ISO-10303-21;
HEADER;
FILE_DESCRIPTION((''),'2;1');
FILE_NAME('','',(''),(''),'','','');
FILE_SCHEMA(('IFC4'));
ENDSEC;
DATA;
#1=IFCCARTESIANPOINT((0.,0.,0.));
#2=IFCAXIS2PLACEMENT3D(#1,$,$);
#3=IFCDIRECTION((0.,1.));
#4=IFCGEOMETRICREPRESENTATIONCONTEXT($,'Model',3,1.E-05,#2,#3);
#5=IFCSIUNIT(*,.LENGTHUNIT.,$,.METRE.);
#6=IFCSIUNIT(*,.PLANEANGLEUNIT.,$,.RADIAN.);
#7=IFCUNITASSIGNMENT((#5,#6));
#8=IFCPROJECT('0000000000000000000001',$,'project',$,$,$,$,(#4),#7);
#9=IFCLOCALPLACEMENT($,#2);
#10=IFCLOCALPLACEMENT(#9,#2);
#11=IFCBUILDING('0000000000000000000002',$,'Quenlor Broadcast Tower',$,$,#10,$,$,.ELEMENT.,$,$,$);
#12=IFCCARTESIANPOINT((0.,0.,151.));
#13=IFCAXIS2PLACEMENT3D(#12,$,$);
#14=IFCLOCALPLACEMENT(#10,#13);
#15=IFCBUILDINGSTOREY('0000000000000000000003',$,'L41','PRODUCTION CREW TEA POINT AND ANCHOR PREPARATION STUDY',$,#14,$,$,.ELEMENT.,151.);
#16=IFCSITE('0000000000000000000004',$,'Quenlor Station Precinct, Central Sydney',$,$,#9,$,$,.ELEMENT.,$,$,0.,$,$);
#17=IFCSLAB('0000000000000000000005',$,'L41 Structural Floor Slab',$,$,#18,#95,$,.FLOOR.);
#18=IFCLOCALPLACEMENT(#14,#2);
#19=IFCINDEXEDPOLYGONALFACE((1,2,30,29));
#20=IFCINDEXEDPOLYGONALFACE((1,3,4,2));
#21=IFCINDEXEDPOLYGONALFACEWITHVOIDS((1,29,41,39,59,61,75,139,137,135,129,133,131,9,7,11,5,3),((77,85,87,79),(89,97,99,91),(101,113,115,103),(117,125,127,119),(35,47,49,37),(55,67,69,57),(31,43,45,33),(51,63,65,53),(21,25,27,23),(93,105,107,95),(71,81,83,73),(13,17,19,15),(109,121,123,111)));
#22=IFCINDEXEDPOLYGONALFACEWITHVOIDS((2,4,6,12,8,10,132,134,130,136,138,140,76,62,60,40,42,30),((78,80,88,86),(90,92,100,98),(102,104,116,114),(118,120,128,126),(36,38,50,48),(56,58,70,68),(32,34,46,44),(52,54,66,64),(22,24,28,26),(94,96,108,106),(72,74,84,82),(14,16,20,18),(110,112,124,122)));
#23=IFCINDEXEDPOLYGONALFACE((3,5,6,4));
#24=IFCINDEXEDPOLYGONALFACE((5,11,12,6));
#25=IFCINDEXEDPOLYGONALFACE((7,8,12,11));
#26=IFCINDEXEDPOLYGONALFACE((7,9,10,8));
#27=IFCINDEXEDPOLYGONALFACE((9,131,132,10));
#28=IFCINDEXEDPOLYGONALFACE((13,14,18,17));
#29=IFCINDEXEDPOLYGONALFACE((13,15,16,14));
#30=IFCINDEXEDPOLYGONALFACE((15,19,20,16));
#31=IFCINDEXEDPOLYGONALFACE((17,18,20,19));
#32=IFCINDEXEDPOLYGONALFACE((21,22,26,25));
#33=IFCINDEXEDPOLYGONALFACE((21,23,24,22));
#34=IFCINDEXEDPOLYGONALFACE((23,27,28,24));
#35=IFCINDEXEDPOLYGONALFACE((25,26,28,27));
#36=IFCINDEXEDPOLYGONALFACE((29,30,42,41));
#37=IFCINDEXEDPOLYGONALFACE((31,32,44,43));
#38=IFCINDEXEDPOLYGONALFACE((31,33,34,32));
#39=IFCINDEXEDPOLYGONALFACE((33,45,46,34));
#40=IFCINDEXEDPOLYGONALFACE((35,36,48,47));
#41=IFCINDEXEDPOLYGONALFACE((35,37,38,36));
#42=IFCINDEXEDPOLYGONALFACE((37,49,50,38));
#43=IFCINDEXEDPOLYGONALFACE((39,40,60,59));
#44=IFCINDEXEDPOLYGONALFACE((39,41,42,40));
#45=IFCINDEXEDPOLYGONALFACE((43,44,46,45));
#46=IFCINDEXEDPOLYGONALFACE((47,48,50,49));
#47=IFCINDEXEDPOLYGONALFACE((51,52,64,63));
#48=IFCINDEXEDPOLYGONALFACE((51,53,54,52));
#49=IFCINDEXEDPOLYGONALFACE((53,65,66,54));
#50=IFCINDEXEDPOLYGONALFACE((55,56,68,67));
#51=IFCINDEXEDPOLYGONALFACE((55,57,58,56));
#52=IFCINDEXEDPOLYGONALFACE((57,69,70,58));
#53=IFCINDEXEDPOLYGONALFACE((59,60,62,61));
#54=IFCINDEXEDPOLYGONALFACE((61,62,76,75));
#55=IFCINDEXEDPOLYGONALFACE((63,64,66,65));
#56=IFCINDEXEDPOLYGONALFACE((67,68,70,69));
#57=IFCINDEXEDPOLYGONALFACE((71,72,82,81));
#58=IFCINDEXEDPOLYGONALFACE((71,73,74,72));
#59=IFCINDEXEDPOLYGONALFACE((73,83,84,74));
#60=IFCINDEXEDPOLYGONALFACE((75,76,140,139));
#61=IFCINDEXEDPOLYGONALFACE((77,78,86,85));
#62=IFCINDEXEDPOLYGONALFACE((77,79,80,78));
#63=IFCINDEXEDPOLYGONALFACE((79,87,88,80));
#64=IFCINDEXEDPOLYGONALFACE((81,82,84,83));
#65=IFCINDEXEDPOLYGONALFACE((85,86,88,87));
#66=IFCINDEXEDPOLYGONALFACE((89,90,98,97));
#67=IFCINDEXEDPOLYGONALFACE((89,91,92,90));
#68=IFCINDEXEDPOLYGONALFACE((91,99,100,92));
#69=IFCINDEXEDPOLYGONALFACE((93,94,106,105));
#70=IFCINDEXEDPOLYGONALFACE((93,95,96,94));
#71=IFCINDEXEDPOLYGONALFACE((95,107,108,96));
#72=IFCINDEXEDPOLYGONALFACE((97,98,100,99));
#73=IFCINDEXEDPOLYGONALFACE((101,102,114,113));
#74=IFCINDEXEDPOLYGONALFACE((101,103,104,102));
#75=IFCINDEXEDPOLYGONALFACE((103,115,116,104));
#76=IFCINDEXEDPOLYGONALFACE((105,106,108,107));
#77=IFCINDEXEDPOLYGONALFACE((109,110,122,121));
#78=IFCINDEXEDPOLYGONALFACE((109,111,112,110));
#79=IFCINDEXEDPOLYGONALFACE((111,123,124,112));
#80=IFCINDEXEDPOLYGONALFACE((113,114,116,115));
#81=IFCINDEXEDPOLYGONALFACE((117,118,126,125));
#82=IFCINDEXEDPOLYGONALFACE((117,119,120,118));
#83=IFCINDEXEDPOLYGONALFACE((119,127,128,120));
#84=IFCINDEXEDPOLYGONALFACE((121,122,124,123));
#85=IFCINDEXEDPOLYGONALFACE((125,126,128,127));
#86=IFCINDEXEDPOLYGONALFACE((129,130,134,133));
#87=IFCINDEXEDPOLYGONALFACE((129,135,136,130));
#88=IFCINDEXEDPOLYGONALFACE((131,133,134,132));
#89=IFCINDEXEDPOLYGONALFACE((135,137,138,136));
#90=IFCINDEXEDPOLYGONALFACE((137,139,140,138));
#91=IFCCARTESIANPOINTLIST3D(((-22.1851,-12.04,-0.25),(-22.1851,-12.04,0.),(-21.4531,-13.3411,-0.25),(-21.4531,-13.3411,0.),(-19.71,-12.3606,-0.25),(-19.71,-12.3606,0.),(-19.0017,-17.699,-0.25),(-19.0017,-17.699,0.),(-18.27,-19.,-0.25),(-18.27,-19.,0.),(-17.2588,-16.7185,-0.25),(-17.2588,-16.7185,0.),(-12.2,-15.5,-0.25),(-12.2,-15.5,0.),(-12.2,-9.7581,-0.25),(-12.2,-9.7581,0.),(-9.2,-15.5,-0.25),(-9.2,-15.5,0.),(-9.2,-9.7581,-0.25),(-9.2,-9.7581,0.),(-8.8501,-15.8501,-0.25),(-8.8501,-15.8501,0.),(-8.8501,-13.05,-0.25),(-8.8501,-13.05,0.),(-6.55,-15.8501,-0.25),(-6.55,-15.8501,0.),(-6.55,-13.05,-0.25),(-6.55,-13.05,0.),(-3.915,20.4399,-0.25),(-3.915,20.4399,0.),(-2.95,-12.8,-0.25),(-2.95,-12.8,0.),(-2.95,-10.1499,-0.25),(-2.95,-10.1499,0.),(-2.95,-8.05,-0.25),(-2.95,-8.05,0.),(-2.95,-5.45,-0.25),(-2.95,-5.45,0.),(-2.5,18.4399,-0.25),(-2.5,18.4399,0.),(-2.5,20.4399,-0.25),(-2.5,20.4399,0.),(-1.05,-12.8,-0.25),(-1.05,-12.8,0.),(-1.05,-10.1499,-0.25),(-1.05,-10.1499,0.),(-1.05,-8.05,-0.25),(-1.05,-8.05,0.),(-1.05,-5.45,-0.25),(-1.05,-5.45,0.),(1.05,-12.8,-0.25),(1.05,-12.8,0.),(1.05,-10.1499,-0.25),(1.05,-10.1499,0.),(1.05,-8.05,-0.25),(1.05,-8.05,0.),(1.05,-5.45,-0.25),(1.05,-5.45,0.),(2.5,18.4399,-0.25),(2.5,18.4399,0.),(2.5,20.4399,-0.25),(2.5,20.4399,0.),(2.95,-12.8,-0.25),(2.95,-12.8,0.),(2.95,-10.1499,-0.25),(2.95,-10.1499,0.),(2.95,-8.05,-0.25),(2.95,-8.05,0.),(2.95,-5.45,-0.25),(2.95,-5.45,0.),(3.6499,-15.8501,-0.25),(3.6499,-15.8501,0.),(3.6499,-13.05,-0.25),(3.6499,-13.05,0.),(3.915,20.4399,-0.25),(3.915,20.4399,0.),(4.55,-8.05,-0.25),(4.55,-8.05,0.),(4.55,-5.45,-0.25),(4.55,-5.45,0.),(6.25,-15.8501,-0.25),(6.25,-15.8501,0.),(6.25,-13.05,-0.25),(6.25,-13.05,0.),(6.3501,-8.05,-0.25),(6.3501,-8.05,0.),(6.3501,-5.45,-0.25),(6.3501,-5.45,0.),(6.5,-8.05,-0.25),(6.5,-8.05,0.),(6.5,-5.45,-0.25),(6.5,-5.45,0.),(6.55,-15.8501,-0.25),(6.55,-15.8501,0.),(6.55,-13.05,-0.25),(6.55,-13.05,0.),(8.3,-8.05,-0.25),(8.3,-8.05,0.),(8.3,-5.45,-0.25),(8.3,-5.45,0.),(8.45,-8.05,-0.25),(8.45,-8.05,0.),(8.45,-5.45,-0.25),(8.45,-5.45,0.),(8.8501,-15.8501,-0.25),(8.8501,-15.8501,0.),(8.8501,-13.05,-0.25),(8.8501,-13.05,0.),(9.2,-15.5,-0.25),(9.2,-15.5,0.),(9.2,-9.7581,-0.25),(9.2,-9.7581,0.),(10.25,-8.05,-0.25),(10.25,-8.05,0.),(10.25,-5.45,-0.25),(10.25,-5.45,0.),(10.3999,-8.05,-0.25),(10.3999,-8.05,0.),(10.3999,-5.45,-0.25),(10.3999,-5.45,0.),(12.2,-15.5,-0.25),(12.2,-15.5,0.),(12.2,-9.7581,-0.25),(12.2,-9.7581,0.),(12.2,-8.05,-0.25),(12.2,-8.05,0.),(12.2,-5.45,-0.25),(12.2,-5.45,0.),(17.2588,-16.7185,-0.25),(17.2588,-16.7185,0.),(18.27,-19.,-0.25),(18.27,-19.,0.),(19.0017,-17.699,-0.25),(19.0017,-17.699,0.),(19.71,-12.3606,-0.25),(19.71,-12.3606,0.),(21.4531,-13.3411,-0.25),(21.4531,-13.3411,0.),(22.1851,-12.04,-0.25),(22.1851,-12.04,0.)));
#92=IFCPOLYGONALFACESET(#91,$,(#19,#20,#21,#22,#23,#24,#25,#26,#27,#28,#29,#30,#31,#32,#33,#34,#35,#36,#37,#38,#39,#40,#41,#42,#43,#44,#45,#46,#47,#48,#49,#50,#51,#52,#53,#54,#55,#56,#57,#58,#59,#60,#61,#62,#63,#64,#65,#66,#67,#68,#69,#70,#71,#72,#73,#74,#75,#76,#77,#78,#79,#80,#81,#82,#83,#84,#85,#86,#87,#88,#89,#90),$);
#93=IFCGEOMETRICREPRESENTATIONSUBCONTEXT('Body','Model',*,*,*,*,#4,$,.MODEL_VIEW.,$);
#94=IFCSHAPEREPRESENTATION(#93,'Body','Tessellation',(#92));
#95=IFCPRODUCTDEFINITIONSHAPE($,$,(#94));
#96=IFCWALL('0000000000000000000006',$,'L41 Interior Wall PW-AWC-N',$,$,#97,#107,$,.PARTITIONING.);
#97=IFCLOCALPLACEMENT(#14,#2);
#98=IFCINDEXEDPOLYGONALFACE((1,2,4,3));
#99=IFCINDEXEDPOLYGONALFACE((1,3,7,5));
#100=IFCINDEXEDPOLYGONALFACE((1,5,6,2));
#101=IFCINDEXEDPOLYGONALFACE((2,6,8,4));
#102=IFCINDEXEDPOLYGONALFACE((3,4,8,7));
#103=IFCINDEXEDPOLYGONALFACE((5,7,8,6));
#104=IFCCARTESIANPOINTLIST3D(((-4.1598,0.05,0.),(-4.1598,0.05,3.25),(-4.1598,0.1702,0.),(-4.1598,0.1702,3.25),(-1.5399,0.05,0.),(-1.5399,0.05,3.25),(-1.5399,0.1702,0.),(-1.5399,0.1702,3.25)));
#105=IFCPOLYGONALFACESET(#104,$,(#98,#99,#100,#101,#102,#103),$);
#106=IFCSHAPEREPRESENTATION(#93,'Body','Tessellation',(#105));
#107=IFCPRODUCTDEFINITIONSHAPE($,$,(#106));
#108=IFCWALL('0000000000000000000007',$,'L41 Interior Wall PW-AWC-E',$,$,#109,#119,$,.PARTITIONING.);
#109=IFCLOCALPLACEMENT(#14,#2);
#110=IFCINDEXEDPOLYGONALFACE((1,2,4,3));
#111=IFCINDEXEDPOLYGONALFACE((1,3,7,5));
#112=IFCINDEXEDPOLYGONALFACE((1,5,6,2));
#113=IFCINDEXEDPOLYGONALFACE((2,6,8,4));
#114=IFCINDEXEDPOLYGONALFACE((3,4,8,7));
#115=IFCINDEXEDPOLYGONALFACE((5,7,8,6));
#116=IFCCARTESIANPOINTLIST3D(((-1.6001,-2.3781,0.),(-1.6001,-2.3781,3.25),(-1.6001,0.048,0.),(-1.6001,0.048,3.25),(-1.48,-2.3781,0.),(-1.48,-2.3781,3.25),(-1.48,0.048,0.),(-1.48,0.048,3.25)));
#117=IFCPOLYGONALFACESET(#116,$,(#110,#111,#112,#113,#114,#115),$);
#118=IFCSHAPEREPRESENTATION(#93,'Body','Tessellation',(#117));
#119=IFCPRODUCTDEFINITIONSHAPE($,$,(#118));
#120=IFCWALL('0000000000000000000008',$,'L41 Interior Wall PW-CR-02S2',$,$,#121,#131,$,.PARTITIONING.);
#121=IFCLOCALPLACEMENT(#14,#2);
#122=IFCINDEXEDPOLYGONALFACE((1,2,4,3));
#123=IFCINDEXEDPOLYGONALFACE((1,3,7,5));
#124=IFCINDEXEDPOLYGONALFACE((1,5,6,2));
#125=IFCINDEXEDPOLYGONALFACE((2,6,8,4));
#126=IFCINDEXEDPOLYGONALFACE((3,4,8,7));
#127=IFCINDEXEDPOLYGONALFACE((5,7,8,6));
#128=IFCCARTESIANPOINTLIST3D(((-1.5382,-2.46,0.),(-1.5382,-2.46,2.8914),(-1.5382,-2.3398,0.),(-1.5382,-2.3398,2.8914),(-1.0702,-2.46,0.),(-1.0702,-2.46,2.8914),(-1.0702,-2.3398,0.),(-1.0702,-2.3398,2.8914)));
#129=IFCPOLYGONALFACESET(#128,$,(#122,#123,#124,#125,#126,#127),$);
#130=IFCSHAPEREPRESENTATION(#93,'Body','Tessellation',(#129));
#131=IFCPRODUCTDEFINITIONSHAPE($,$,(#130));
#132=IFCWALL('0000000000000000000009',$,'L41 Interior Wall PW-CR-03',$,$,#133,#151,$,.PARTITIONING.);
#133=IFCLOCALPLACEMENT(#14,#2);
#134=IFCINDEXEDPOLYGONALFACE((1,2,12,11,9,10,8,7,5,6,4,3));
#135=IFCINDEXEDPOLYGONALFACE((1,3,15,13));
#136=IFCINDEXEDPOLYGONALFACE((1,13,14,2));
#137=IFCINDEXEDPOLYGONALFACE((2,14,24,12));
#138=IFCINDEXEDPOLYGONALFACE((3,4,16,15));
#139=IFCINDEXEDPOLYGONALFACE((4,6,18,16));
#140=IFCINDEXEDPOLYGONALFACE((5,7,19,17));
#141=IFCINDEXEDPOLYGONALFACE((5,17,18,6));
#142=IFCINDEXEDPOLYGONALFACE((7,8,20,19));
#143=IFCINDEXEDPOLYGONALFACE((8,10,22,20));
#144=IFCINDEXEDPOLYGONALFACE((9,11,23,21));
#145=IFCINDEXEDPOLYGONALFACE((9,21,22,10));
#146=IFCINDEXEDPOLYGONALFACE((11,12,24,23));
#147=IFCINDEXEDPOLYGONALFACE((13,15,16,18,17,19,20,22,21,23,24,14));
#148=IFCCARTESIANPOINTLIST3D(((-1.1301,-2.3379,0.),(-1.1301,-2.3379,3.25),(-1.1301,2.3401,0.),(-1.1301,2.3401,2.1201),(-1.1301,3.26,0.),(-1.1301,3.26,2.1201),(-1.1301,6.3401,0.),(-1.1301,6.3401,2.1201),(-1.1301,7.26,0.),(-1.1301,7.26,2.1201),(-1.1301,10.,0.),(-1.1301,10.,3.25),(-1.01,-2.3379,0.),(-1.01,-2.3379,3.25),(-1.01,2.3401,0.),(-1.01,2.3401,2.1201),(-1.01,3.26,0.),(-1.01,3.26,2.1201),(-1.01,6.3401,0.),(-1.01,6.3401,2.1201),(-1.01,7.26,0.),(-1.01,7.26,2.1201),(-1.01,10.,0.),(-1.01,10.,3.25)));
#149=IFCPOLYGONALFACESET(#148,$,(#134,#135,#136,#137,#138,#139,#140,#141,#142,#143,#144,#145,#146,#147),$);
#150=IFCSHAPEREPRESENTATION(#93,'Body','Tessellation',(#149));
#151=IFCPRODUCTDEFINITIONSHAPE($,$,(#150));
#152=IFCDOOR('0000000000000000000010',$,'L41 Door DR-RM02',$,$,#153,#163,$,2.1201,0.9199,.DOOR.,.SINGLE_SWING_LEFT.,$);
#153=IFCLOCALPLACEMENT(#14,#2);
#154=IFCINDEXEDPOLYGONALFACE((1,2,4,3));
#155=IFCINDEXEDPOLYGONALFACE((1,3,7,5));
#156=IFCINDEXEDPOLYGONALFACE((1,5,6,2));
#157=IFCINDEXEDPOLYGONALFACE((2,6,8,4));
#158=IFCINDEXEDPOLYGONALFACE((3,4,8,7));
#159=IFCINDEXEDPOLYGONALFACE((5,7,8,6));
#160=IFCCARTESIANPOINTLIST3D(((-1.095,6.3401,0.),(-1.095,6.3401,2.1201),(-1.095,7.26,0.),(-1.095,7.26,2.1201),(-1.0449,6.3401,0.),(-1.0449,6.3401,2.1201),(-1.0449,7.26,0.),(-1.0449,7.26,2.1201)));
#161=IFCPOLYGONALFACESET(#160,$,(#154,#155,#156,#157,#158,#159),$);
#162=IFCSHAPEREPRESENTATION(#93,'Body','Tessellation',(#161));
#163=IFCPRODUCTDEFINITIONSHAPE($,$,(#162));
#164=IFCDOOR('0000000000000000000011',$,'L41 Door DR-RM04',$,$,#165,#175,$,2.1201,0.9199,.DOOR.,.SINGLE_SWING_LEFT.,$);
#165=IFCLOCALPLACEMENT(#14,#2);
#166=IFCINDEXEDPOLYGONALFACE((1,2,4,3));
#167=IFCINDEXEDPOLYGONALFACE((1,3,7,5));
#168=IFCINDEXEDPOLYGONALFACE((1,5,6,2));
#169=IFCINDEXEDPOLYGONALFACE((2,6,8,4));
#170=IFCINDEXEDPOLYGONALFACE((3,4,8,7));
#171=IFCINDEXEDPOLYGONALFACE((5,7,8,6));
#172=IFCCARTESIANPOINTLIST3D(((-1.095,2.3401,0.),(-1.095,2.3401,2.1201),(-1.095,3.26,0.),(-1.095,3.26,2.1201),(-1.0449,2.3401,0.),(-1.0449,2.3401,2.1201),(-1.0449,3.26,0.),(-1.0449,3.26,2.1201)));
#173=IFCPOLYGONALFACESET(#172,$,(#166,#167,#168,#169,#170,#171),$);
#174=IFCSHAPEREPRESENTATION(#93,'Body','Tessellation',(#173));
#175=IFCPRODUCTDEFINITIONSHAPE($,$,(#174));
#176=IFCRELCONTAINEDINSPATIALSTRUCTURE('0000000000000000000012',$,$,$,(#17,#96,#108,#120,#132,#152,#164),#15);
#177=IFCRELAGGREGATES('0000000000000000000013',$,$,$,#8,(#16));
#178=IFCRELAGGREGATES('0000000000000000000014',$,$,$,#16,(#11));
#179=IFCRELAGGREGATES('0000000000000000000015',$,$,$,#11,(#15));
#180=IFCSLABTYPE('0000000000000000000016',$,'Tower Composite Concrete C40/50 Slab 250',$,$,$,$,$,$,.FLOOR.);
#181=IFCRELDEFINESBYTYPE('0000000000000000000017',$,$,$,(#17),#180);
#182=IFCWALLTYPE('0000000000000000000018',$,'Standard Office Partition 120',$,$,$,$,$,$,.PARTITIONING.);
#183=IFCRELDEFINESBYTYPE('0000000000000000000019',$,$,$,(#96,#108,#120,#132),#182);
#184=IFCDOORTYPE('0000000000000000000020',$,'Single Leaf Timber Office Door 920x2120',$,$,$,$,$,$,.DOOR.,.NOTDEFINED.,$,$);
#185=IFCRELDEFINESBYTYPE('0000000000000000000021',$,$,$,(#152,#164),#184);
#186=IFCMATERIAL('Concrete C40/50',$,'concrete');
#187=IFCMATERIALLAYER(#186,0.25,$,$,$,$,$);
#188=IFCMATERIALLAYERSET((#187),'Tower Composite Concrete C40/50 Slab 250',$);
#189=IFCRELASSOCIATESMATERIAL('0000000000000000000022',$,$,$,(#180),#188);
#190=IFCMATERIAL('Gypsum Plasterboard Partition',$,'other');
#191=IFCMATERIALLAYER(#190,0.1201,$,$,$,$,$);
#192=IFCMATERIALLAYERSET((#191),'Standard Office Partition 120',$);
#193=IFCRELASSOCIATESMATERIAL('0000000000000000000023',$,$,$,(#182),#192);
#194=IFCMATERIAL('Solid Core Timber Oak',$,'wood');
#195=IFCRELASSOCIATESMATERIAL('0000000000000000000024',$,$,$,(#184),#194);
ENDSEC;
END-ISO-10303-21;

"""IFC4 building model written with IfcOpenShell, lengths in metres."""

from ifc_helpers import new_model, si_unit, direction, frame, frame_2d, origin, place, context, subcontext, project, spatial, polyline, rectangle, outline, extrude, material, layer, layer_set, type_object, element, fill, save


model = new_model("IFC4")

# Units and contexts
model_context = context("Model", 3, precision=1e-05, world=origin(), true_north=direction((0.0, 1.0)))
body_context = subcontext(model_context, "Body", "Model", "MODEL_VIEW")
ifc_project = project(units=[si_unit("LENGTHUNIT", "METRE"), si_unit("PLANEANGLEUNIT", "RADIAN")], contexts=[model_context])

# Site, building, storey
site_placement = place(None, origin())
site = spatial("IfcSite", under=ifc_project, at=site_placement, Name="Quenlor Station Precinct, Central Sydney", CompositionType="ELEMENT", RefElevation=0.0)
building_placement = place(site_placement, origin())
building = spatial("IfcBuilding", under=site, at=building_placement, Name="Quenlor Broadcast Tower", CompositionType="ELEMENT")
storey_placement = place(building_placement, frame((0.0, 0.0, 151.0)))
storey = spatial("IfcBuildingStorey", under=building, at=storey_placement, Name="L41", Description="PRODUCTION CREW TEA POINT AND ANCHOR PREPARATION STUDY", CompositionType="ELEMENT", Elevation=151.0)

# Slab
ifc_material_1 = material(Name="Concrete C40/50", Category="concrete")
ifc_layer_1 = layer(ifc_material_1, 0.25)
ifc_layer_set_1 = layer_set([ifc_layer_1], Name="Tower Composite Concrete C40/50 Slab 250")
slab_type = type_object("IfcSlabType", Name="Tower Composite Concrete C40/50 Slab 250", PredefinedType="FLOOR", material=ifc_layer_set_1)
slab_placement = place(storey_placement, frame((0.0, 0.0, -0.25)))
element("IfcSlab", 1, at=slab_placement, inside=storey, type_object=slab_type, Name="L41 Structural Floor Slab", PredefinedType="FLOOR", context=body_context, shape_type="SweptSolid", body=[
    extrude(outline(polyline([(18.27, -19.0), (19.0017, -17.699), (17.2588, -16.7185), (19.71, -12.3606), (21.4531, -13.3411), (22.1851, -12.04), (3.915, 20.4399), (2.5, 20.4399), (2.5, 18.4399), (-2.5, 18.4399), (-2.5, 20.4399), (-3.915, 20.4399), (-22.1851, -12.04), (-21.4531, -13.3411), (-19.71, -12.3606), (-17.2588, -16.7185), (-19.0017, -17.699), (-18.27, -19.0), (18.27, -19.0)]), holes=[polyline([(-12.2, -9.7581), (-12.2, -15.5), (-9.2, -15.5), (-9.2, -9.7581), (-12.2, -9.7581)]), polyline([(9.2, -9.7581), (9.2, -15.5), (12.2, -15.5), (12.2, -9.7581), (9.2, -9.7581)]), polyline([(-2.95, -8.05), (-1.05, -8.05), (-1.05, -5.45), (-2.95, -5.45), (-2.95, -8.05)]), polyline([(1.05, -8.05), (2.95, -8.05), (2.95, -5.45), (1.05, -5.45), (1.05, -8.05)]), polyline([(-2.95, -12.8), (-1.05, -12.8), (-1.05, -10.1499), (-2.95, -10.1499), (-2.95, -12.8)]), polyline([(1.05, -12.8), (2.95, -12.8), (2.95, -10.1499), (1.05, -10.1499), (1.05, -12.8)]), polyline([(4.55, -8.05), (6.3501, -8.05), (6.3501, -5.45), (4.55, -5.45), (4.55, -8.05)]), polyline([(6.5, -8.05), (8.3, -8.05), (8.3, -5.45), (6.5, -5.45), (6.5, -8.05)]), polyline([(8.45, -8.05), (10.25, -8.05), (10.25, -5.45), (8.45, -5.45), (8.45, -8.05)]), polyline([(10.3999, -8.05), (12.2, -8.05), (12.2, -5.45), (10.3999, -5.45), (10.3999, -8.05)]), polyline([(-8.8501, -15.8501), (-6.55, -15.8501), (-6.55, -13.05), (-8.8501, -13.05), (-8.8501, -15.8501)]), polyline([(6.55, -15.8501), (8.8501, -15.8501), (8.8501, -13.05), (6.55, -13.05), (6.55, -15.8501)]), polyline([(3.6499, -15.8501), (6.25, -15.8501), (6.25, -13.05), (3.6499, -13.05), (3.6499, -15.8501)])]), origin(), (0.0, 0.0, 1.0), 0.25),
])

# Walls
ifc_material_2 = material(Name="Gypsum Plasterboard Partition", Category="other")
ifc_layer_2 = layer(ifc_material_2, 0.1201)
ifc_layer_set_2 = layer_set([ifc_layer_2], Name="Standard Office Partition 120")
wall_type = type_object("IfcWallType", Name="Standard Office Partition 120", PredefinedType="PARTITIONING", material=ifc_layer_set_2)
wall_1_placement = place(storey_placement, frame((-4.1599, 0.1101, 0.0), z_axis=(0.0, 0.0, 1.0), x_axis=(1.0, 0.0, 0.0)))
element("IfcWall", 2, at=wall_1_placement, inside=storey, type_object=wall_type, Name="L41 Interior Wall PW-AWC-N", PredefinedType="PARTITIONING", context=body_context, shape_type="SweptSolid", body=[
    extrude(rectangle(XDim=2.6199, YDim=0.1201, at=frame_2d((1.3101, 0.0))), origin(), (0.0, 0.0, 1.0), 3.25),
])
wall_2_placement = place(storey_placement, frame((-1.54, -2.3779, 0.0), z_axis=(0.0, 0.0, 1.0), x_axis=(0.0, 1.0, 0.0)))
element("IfcWall", 3, at=wall_2_placement, inside=storey, type_object=wall_type, Name="L41 Interior Wall PW-AWC-E", PredefinedType="PARTITIONING", context=body_context, shape_type="SweptSolid", body=[
    extrude(rectangle(XDim=2.426, YDim=0.1201, at=frame_2d((1.2129, 0.0))), origin(), (0.0, 0.0, 1.0), 3.25),
])
wall_3_placement = place(storey_placement, frame((-1.5381, -2.3999, 0.0), z_axis=(0.0, 0.0, 1.0), x_axis=(1.0, 0.0, 0.0)))
element("IfcWall", 4, at=wall_3_placement, inside=storey, type_object=wall_type, Name="L41 Interior Wall PW-CR-02S2", PredefinedType="PARTITIONING", context=body_context, shape_type="SweptSolid", body=[
    extrude(rectangle(XDim=0.468, YDim=0.1201, at=frame_2d((0.2339, 0.0))), origin(), (0.0, 0.0, 1.0), 2.8914),
])

# Wall, openings, doors
wall_4_placement = place(storey_placement, frame((-1.0701, -2.3379, 0.0), z_axis=(0.0, 0.0, 1.0), x_axis=(0.0, 1.0, 0.0)))
wall_4 = element("IfcWall", 5, at=wall_4_placement, inside=storey, type_object=wall_type, Name="L41 Interior Wall PW-CR-03", PredefinedType="PARTITIONING", context=body_context, shape_type="SweptSolid", body=[
    extrude(rectangle(XDim=12.3379, YDim=0.1201, at=frame_2d((6.1689, 0.0))), origin(), (0.0, 0.0, 1.0), 3.25),
])
opening_1_placement = place(wall_4_placement, frame((8.678, 0.0, 0.0)))
opening_1 = element("IfcOpeningElement", 6, at=opening_1_placement, cuts=wall_4, PredefinedType="OPENING", context=body_context, shape_type="SweptSolid", body=[
    extrude(rectangle(XDim=0.9199, YDim=2.1201, at=frame_2d((0.46, 1.0601))), frame((0.0, 0.0701, 0.0), z_axis=(0.0, -1.0, 0.0), x_axis=(1.0, 0.0, 0.0)), (0.0, 0.0, 1.0), 0.1401),
])
opening_2_placement = place(wall_4_placement, frame((4.678, 0.0, 0.0)))
opening_2 = element("IfcOpeningElement", 7, at=opening_2_placement, cuts=wall_4, PredefinedType="OPENING", context=body_context, shape_type="SweptSolid", body=[
    extrude(rectangle(XDim=0.9199, YDim=2.1201, at=frame_2d((0.46, 1.0601))), frame((0.0, 0.0701, 0.0), z_axis=(0.0, -1.0, 0.0), x_axis=(1.0, 0.0, 0.0)), (0.0, 0.0, 1.0), 0.1401),
])
ifc_material_3 = material(Name="Solid Core Timber Oak", Category="wood")
door_type = type_object("IfcDoorType", Name="Single Leaf Timber Office Door 920x2120", OperationType="NOTDEFINED", PredefinedType="DOOR", material=ifc_material_3)
door_1_placement = place(opening_1_placement, origin())
door_1 = element("IfcDoor", 8, at=door_1_placement, inside=storey, type_object=door_type, Name="L41 Door DR-RM02", OperationType="SINGLE_SWING_LEFT", OverallHeight=2.1201, OverallWidth=0.9199, PredefinedType="DOOR", context=body_context, shape_type="SweptSolid", body=[
    extrude(rectangle(XDim=0.9199, YDim=2.1201, at=frame_2d((0.46, 1.0601))), frame((0.0, 0.0249, 0.0), z_axis=(0.0, -1.0, 0.0), x_axis=(1.0, 0.0, 0.0)), (0.0, 0.0, 1.0), 0.05),
])
fill(opening_1, door_1)
door_2_placement = place(opening_2_placement, origin())
door_2 = element("IfcDoor", 9, at=door_2_placement, inside=storey, type_object=door_type, Name="L41 Door DR-RM04", OperationType="SINGLE_SWING_LEFT", OverallHeight=2.1201, OverallWidth=0.9199, PredefinedType="DOOR", context=body_context, shape_type="SweptSolid", body=[
    extrude(rectangle(XDim=0.9199, YDim=2.1201, at=frame_2d((0.46, 1.0601))), frame((0.0, 0.0249, 0.0), z_axis=(0.0, -1.0, 0.0), x_axis=(1.0, 0.0, 0.0)), (0.0, 0.0, 1.0), 0.05),
])
fill(opening_2, door_2)

save(model, "model.ifc")
